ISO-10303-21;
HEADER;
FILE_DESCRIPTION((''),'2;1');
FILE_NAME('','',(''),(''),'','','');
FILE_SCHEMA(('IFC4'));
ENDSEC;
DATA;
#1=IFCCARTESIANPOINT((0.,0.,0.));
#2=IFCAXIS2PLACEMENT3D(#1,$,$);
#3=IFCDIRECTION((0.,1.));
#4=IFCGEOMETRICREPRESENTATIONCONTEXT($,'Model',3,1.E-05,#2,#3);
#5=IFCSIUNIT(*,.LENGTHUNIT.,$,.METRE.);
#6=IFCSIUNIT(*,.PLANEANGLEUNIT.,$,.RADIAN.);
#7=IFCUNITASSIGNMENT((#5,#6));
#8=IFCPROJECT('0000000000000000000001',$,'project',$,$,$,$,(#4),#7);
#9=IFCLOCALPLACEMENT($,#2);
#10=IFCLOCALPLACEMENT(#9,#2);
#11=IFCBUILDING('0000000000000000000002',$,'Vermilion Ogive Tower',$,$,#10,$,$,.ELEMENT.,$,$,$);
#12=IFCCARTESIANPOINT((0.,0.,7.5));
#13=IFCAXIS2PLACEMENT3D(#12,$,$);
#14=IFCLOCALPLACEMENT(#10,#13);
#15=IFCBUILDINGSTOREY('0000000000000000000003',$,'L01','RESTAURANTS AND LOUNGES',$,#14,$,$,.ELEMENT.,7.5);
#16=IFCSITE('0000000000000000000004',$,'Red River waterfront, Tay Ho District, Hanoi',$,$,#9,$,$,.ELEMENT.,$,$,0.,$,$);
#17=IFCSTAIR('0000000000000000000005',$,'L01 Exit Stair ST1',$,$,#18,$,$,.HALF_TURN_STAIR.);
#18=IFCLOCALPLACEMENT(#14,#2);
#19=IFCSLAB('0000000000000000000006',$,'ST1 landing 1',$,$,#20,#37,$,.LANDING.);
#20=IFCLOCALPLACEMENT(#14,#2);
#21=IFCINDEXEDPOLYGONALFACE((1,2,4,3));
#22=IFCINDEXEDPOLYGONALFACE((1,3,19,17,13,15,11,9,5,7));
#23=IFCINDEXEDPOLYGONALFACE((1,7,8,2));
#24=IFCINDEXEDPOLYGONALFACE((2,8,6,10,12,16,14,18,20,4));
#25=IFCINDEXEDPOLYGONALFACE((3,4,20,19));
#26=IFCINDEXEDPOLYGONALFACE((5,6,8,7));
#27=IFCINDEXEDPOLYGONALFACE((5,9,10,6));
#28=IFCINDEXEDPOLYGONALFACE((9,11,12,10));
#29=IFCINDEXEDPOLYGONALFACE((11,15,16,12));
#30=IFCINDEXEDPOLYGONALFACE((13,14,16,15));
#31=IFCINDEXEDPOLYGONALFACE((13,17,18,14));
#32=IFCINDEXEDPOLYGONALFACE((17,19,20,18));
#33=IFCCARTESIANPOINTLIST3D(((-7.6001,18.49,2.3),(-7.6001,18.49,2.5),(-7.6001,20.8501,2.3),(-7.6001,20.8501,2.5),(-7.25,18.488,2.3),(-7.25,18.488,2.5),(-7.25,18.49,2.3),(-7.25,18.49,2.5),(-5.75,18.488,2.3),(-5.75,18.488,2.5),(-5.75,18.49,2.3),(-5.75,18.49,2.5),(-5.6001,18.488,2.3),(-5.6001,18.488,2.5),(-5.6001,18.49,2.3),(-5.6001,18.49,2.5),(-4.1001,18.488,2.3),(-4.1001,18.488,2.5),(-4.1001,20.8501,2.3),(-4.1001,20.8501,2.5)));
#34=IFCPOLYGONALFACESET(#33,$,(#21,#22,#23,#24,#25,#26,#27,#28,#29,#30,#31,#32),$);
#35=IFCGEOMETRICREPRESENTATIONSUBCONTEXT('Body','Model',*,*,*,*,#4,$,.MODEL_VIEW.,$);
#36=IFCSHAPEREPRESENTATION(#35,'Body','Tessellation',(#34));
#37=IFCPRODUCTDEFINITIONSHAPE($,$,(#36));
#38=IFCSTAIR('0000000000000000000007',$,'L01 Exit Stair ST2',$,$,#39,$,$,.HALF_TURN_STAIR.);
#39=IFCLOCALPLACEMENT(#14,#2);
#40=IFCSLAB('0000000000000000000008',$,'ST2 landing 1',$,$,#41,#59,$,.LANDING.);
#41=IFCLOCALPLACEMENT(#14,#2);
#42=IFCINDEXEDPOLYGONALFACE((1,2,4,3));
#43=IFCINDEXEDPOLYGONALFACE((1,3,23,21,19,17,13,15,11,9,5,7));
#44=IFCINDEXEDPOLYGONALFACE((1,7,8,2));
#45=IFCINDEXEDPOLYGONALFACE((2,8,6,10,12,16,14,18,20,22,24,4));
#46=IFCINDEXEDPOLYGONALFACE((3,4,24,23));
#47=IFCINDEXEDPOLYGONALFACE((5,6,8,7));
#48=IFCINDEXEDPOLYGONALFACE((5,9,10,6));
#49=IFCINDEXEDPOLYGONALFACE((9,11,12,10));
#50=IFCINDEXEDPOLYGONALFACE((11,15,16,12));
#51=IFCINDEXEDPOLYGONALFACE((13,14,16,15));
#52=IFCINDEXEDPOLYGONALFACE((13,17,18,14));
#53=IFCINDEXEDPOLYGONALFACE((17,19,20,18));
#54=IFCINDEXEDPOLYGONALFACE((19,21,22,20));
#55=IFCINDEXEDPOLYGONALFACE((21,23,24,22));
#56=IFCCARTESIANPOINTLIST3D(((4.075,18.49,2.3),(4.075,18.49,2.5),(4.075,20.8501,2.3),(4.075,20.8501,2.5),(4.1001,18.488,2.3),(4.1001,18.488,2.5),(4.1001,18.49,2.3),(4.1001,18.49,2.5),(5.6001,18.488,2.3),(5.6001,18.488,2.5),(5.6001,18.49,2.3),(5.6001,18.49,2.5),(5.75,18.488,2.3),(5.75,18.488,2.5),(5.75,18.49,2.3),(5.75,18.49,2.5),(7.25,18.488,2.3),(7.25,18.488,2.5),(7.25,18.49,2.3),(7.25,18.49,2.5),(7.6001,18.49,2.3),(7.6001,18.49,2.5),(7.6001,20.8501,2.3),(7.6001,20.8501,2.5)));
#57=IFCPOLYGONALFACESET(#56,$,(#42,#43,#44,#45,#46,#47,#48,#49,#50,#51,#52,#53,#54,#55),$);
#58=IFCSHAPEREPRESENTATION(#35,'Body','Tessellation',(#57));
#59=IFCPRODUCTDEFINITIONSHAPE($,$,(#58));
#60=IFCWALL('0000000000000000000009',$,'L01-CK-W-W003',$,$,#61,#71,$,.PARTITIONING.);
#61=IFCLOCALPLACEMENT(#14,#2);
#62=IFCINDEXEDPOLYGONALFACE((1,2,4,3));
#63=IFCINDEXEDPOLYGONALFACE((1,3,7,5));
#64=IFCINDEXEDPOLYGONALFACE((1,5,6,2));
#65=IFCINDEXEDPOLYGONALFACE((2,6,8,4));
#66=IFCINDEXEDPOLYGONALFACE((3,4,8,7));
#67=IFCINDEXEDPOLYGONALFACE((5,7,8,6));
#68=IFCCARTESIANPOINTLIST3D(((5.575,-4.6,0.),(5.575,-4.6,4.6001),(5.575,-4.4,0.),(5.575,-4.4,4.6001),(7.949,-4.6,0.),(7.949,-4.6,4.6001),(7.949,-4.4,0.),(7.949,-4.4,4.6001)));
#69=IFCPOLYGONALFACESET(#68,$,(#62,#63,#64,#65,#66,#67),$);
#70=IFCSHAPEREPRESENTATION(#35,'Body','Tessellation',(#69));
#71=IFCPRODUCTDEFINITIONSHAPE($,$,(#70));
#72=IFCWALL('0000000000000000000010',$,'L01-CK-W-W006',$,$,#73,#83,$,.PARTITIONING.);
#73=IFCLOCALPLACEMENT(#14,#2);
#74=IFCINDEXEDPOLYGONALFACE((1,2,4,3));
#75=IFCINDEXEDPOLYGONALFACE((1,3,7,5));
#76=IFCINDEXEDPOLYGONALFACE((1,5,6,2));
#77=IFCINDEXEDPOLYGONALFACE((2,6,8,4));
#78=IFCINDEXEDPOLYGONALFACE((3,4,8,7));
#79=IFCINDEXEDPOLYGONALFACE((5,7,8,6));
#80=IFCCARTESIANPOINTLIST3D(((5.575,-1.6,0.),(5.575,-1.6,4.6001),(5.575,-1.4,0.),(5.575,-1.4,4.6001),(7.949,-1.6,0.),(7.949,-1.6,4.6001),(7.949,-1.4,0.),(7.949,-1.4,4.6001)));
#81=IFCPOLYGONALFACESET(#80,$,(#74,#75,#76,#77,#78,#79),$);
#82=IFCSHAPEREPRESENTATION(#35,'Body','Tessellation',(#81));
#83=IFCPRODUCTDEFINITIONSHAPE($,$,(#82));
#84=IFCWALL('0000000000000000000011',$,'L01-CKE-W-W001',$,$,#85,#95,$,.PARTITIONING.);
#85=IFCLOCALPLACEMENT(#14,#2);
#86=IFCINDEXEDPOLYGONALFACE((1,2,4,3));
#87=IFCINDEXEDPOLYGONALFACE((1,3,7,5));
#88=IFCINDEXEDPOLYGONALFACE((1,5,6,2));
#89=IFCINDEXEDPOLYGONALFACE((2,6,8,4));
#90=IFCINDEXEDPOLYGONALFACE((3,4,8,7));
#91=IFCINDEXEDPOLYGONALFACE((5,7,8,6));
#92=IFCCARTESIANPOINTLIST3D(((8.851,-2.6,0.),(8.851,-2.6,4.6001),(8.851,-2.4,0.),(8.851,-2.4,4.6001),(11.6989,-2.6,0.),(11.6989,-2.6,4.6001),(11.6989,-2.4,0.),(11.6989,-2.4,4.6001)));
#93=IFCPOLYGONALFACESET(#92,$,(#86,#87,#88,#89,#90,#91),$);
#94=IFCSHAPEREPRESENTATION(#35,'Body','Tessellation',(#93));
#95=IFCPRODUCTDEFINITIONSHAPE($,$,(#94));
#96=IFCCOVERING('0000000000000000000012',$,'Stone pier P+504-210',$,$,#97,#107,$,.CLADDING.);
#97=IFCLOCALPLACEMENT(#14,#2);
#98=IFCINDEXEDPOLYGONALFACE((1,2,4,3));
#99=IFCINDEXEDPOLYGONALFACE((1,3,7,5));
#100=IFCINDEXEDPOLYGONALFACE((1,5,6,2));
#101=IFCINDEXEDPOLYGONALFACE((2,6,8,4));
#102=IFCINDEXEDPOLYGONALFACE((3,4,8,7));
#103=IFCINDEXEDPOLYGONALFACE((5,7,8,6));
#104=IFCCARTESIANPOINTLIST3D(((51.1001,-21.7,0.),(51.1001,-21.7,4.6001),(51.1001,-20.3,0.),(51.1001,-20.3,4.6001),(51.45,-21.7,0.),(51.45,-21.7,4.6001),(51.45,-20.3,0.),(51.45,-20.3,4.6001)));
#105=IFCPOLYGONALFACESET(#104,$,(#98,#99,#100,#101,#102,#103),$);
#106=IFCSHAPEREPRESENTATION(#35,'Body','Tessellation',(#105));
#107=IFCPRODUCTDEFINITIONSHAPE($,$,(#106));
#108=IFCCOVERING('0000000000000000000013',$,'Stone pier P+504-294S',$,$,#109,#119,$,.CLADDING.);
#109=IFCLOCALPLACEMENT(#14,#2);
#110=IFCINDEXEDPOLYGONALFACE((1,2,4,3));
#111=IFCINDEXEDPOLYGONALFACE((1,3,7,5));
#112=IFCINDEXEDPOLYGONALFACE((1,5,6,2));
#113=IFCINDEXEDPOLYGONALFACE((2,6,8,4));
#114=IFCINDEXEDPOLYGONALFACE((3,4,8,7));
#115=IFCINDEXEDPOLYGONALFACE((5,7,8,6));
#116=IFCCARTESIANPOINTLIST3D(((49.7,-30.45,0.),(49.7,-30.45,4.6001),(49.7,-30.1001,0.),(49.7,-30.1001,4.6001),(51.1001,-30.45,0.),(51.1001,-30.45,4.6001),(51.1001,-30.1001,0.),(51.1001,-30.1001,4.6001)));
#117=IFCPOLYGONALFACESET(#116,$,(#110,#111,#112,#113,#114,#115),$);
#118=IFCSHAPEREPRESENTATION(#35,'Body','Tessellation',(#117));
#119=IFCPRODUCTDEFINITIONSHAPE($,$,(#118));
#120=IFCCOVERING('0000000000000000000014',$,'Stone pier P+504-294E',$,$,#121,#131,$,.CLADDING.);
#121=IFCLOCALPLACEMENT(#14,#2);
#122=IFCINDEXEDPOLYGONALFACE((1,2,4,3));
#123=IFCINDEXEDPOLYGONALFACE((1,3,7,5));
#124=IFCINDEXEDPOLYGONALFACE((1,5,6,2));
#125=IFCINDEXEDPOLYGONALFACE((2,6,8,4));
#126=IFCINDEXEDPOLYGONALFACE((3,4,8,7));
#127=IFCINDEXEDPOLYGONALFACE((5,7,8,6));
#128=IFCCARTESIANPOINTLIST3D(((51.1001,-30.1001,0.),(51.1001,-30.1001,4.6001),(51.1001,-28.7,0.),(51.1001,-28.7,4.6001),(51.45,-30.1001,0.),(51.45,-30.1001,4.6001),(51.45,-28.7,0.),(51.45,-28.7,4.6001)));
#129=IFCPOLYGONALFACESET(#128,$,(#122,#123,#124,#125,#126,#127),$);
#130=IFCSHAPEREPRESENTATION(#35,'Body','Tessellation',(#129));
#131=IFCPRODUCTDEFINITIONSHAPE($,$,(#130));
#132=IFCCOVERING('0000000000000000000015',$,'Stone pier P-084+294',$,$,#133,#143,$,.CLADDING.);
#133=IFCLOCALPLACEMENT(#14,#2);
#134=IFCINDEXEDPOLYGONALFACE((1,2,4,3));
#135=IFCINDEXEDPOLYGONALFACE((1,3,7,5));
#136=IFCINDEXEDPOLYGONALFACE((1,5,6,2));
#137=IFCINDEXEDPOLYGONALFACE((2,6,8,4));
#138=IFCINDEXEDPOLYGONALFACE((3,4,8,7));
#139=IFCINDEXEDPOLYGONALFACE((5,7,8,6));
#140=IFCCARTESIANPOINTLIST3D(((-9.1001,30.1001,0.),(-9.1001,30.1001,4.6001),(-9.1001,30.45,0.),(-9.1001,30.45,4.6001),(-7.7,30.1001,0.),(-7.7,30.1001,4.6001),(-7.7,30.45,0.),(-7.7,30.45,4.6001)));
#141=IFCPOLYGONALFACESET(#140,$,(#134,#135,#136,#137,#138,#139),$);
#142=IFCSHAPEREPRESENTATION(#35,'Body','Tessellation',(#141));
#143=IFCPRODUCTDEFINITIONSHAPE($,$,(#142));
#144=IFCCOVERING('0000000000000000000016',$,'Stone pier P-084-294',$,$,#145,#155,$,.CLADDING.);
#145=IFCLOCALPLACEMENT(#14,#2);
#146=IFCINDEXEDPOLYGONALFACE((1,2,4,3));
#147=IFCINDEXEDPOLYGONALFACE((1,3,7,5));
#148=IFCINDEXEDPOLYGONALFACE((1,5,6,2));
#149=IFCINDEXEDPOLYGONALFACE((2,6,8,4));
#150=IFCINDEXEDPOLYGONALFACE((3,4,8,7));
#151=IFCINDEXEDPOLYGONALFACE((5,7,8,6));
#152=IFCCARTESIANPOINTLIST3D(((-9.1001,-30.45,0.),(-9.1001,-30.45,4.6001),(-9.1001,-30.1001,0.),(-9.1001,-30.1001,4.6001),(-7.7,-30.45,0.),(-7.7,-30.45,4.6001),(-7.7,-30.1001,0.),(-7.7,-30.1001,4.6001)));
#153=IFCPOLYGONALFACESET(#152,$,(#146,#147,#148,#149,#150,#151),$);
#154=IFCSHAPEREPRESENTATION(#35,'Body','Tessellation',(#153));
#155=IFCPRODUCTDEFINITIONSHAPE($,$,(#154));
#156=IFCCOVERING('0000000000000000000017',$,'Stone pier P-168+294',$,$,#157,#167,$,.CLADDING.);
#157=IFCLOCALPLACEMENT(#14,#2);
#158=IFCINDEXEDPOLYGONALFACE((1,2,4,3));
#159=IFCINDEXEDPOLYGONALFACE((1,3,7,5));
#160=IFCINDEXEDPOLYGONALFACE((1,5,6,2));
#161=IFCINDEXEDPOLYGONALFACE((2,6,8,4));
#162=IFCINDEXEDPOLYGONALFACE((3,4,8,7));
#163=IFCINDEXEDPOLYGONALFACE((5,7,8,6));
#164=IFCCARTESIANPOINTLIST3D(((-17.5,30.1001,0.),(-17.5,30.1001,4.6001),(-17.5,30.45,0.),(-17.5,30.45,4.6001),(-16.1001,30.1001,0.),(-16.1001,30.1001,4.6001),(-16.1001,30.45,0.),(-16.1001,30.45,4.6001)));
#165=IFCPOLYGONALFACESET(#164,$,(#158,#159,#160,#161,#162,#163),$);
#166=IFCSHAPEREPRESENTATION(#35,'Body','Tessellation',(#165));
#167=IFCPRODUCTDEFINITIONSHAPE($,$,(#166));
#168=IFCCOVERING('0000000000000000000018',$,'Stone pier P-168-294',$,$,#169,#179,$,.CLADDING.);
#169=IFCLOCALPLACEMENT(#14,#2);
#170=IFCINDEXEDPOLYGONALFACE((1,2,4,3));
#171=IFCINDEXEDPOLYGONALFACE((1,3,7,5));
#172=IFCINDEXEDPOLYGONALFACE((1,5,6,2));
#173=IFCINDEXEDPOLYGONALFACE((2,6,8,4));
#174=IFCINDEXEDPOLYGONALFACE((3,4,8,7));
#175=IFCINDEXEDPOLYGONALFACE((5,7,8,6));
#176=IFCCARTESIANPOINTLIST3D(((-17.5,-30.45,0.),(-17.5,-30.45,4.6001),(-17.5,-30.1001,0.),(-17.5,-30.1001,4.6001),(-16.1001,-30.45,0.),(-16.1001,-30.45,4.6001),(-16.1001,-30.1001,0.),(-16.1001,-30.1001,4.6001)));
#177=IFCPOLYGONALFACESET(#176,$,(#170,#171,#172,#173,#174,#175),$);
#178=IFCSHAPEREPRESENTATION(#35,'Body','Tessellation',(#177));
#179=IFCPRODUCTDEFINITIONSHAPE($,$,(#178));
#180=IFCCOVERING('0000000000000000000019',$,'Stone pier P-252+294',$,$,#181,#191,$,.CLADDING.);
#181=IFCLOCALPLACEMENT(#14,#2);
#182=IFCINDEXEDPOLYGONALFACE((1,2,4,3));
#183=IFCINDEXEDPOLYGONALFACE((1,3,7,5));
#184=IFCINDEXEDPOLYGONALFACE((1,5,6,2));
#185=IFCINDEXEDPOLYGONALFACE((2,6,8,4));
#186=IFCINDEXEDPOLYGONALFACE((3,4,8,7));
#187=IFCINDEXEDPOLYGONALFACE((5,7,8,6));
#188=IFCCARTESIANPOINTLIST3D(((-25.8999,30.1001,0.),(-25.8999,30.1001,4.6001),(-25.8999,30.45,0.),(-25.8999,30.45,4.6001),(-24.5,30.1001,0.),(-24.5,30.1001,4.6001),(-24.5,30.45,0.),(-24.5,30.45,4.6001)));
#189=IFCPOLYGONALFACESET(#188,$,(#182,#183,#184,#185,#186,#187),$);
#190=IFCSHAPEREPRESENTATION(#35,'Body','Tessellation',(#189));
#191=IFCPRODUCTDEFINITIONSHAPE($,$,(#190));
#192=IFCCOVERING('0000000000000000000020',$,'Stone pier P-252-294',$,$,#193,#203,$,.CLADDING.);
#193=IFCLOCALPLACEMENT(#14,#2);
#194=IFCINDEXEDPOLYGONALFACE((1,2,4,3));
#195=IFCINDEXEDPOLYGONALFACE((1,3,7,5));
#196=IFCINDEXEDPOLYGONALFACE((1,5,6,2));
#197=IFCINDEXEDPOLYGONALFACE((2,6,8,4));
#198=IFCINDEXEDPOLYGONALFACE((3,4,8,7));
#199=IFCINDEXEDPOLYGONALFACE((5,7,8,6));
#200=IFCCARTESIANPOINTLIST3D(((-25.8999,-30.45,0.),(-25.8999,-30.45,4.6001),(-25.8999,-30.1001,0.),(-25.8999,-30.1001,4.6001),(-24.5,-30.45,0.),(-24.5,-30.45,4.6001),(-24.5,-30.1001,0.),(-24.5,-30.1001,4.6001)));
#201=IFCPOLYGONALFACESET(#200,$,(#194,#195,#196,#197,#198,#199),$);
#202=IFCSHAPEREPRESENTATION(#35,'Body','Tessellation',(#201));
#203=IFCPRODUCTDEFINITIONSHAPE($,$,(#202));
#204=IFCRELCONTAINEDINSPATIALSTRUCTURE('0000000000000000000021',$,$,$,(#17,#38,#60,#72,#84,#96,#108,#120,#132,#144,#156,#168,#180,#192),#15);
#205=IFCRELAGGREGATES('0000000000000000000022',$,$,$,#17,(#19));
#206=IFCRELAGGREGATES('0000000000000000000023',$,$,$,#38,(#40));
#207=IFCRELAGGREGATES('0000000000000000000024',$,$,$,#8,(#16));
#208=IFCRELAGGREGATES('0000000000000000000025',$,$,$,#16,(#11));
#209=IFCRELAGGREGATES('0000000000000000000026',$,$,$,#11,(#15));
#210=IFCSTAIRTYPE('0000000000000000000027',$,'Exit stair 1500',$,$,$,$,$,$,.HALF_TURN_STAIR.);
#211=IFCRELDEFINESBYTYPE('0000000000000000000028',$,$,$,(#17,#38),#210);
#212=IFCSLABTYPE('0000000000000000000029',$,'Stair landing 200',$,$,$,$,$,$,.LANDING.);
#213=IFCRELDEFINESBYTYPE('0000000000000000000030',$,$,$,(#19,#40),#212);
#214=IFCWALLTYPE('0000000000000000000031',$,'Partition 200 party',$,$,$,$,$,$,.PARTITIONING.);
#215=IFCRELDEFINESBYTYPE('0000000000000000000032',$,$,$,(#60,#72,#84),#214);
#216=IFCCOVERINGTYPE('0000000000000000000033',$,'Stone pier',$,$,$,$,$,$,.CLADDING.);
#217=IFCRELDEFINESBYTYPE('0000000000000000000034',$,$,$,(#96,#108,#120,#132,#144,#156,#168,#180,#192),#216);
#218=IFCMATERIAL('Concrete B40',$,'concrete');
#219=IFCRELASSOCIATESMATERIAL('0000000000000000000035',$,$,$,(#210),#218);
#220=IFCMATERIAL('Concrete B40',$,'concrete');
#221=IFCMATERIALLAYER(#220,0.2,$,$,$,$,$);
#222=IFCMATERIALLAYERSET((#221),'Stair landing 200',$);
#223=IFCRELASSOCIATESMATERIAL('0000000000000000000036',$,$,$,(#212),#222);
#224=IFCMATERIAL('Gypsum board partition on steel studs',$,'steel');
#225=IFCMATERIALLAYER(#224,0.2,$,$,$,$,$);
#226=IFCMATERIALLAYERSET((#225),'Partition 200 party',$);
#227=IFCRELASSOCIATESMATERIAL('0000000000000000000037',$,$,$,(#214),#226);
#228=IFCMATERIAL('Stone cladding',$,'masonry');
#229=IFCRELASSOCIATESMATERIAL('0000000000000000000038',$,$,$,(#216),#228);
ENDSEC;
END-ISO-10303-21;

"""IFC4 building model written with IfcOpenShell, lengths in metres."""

from ifc_helpers import new_model, si_unit, direction, frame, frame_2d, origin, place, context, subcontext, project, spatial, polyline, rectangle, outline, extrude, material, layer, layer_set, type_object, element, aggregate, save


model = new_model("IFC4")

# Units and contexts
model_context = context("Model", 3, precision=1e-05, world=origin(), true_north=direction((0.0, 1.0)))
body_context = subcontext(model_context, "Body", "Model", "MODEL_VIEW")
ifc_project = project(units=[si_unit("LENGTHUNIT", "METRE"), si_unit("PLANEANGLEUNIT", "RADIAN")], contexts=[model_context])

# Site, building, storey
site_placement = place(None, origin())
site = spatial("IfcSite", under=ifc_project, at=site_placement, Name="Red River waterfront, Tay Ho District, Hanoi", CompositionType="ELEMENT", RefElevation=0.0)
building_placement = place(site_placement, origin())
building = spatial("IfcBuilding", under=site, at=building_placement, Name="Vermilion Ogive Tower", CompositionType="ELEMENT")
storey_placement = place(building_placement, frame((0.0, 0.0, 7.5)))
storey = spatial("IfcBuildingStorey", under=building, at=storey_placement, Name="L01", Description="RESTAURANTS AND LOUNGES", CompositionType="ELEMENT", Elevation=7.5)

# Stairs, slabs
ifc_material_1 = material(Name="Concrete B40", Category="concrete")
stair_type = type_object("IfcStairType", Name="Exit stair 1500", PredefinedType="HALF_TURN_STAIR", material=ifc_material_1)
stair_1_placement = place(storey_placement, origin())
stair_1 = element("IfcStair", 1, at=stair_1_placement, inside=storey, type_object=stair_type, Name="L01 Exit Stair ST1", PredefinedType="HALF_TURN_STAIR")
ifc_material_2 = material(Name="Concrete B40", Category="concrete")
ifc_layer_1 = layer(ifc_material_2, 0.2)
ifc_layer_set_1 = layer_set([ifc_layer_1], Name="Stair landing 200")
slab_type = type_object("IfcSlabType", Name="Stair landing 200", PredefinedType="LANDING", material=ifc_layer_set_1)
slab_1_placement = place(storey_placement, frame((0.0, 0.0, 2.3)))
slab_1 = element("IfcSlab", 2, at=slab_1_placement, type_object=slab_type, Name="ST1 landing 1", PredefinedType="LANDING", context=body_context, shape_type="SweptSolid", body=[
    extrude(outline(polyline([(-7.6001, 18.49), (-7.25, 18.49), (-7.25, 18.488), (-5.75, 18.488), (-5.75, 18.49), (-5.6001, 18.49), (-5.6001, 18.488), (-4.1001, 18.488), (-4.1001, 20.8501), (-7.6001, 20.8501), (-7.6001, 18.49)])), origin(), (0.0, 0.0, 1.0), 0.2),
])
aggregate(stair_1, [slab_1])
stair_2_placement = place(storey_placement, origin())
stair_2 = element("IfcStair", 3, at=stair_2_placement, inside=storey, type_object=stair_type, Name="L01 Exit Stair ST2", PredefinedType="HALF_TURN_STAIR")
slab_2_placement = place(storey_placement, frame((0.0, 0.0, 2.3)))
slab_2 = element("IfcSlab", 4, at=slab_2_placement, type_object=slab_type, Name="ST2 landing 1", PredefinedType="LANDING", context=body_context, shape_type="SweptSolid", body=[
    extrude(outline(polyline([(5.6001, 18.49), (5.75, 18.49), (5.75, 18.488), (7.25, 18.488), (7.25, 18.49), (7.6001, 18.49), (7.6001, 20.8501), (4.075, 20.8501), (4.075, 18.49), (4.1001, 18.49), (4.1001, 18.488), (5.6001, 18.488), (5.6001, 18.49)])), origin(), (0.0, 0.0, 1.0), 0.2),
])
aggregate(stair_2, [slab_2])

# Walls
ifc_material_3 = material(Name="Gypsum board partition on steel studs", Category="steel")
ifc_layer_2 = layer(ifc_material_3, 0.2)
ifc_layer_set_2 = layer_set([ifc_layer_2], Name="Partition 200 party")
wall_type = type_object("IfcWallType", Name="Partition 200 party", PredefinedType="PARTITIONING", material=ifc_layer_set_2)
for number, where, z_axis, x_axis, name in (
    (5, (5.575, -4.5, 0.0), (0.0, 0.0, 1.0), (1.0, 0.0, 0.0), "L01-CK-W-W003"),
    (6, (5.575, -1.5, 0.0), (0.0, 0.0, 1.0), (1.0, 0.0, 0.0), "L01-CK-W-W006"),
):
    element("IfcWall", number, at=place(storey_placement, frame(where, z_axis=z_axis, x_axis=x_axis)), inside=storey, type_object=wall_type, Name=name, PredefinedType="PARTITIONING", context=body_context, shape_type="SweptSolid", body=[
        extrude(rectangle(XDim=2.374, YDim=0.2, at=frame_2d((1.187, 0.0))), origin(), (0.0, 0.0, 1.0), 4.6001),
    ])
wall_placement = place(storey_placement, frame((8.8511, -2.5, 0.0), z_axis=(0.0, 0.0, 1.0), x_axis=(1.0, 0.0, 0.0)))
element("IfcWall", 7, at=wall_placement, inside=storey, type_object=wall_type, Name="L01-CKE-W-W001", PredefinedType="PARTITIONING", context=body_context, shape_type="SweptSolid", body=[
    extrude(rectangle(XDim=2.8479, YDim=0.2, at=frame_2d((1.4238, 0.0))), origin(), (0.0, 0.0, 1.0), 4.6001),
])

# Coverings
ifc_material_4 = material(Name="Stone cladding", Category="masonry")
covering_type = type_object("IfcCoveringType", Name="Stone pier", PredefinedType="CLADDING", material=ifc_material_4)
covering_1_placement = place(storey_placement, origin())
element("IfcCovering", 8, at=covering_1_placement, inside=storey, type_object=covering_type, Name="Stone pier P+504-210", PredefinedType="CLADDING", context=body_context, shape_type="SweptSolid", body=[
    extrude(outline(polyline([(51.45, -20.3), (51.45, -21.7), (51.1001, -21.7), (51.1001, -20.3), (51.45, -20.3)])), origin(), (0.0, 0.0, 1.0), 4.6001),
])
covering_2_placement = place(storey_placement, origin())
element("IfcCovering", 9, at=covering_2_placement, inside=storey, type_object=covering_type, Name="Stone pier P+504-294S", PredefinedType="CLADDING", context=body_context, shape_type="SweptSolid", body=[
    extrude(outline(polyline([(51.1001, -30.45), (49.7, -30.45), (49.7, -30.1001), (51.1001, -30.1001), (51.1001, -30.45)])), origin(), (0.0, 0.0, 1.0), 4.6001),
])
covering_3_placement = place(storey_placement, origin())
element("IfcCovering", 10, at=covering_3_placement, inside=storey, type_object=covering_type, Name="Stone pier P+504-294E", PredefinedType="CLADDING", context=body_context, shape_type="SweptSolid", body=[
    extrude(outline(polyline([(51.45, -30.1001), (51.1001, -30.1001), (51.1001, -28.7), (51.45, -28.7), (51.45, -30.1001)])), origin(), (0.0, 0.0, 1.0), 4.6001),
])
covering_4_placement = place(storey_placement, origin())
element("IfcCovering", 11, at=covering_4_placement, inside=storey, type_object=covering_type, Name="Stone pier P-084+294", PredefinedType="CLADDING", context=body_context, shape_type="SweptSolid", body=[
    extrude(outline(polyline([(-9.1001, 30.1001), (-9.1001, 30.1001), (-9.1001, 30.45), (-7.7, 30.45), (-7.7, 30.1001), (-7.7, 30.1001), (-9.1001, 30.1001)])), origin(), (0.0, 0.0, 1.0), 4.6001),
])
covering_5_placement = place(storey_placement, origin())
element("IfcCovering", 12, at=covering_5_placement, inside=storey, type_object=covering_type, Name="Stone pier P-084-294", PredefinedType="CLADDING", context=body_context, shape_type="SweptSolid", body=[
    extrude(outline(polyline([(-7.7, -30.1001), (-7.7, -30.45), (-9.1001, -30.45), (-9.1001, -30.1001), (-7.7, -30.1001), (-7.7, -30.1001)])), origin(), (0.0, 0.0, 1.0), 4.6001),
])
covering_6_placement = place(storey_placement, origin())
element("IfcCovering", 13, at=covering_6_placement, inside=storey, type_object=covering_type, Name="Stone pier P-168+294", PredefinedType="CLADDING", context=body_context, shape_type="SweptSolid", body=[
    extrude(outline(polyline([(-17.5, 30.1001), (-17.5, 30.45), (-16.1001, 30.45), (-16.1001, 30.1001), (-17.5, 30.1001), (-17.5, 30.1001)])), origin(), (0.0, 0.0, 1.0), 4.6001),
])
covering_7_placement = place(storey_placement, origin())
element("IfcCovering", 14, at=covering_7_placement, inside=storey, type_object=covering_type, Name="Stone pier P-168-294", PredefinedType="CLADDING", context=body_context, shape_type="SweptSolid", body=[
    extrude(outline(polyline([(-16.1001, -30.45), (-17.5, -30.45), (-17.5, -30.1001), (-16.1001, -30.1001), (-16.1001, -30.45)])), origin(), (0.0, 0.0, 1.0), 4.6001),
])
covering_8_placement = place(storey_placement, origin())
element("IfcCovering", 15, at=covering_8_placement, inside=storey, type_object=covering_type, Name="Stone pier P-252+294", PredefinedType="CLADDING", context=body_context, shape_type="SweptSolid", body=[
    extrude(outline(polyline([(-25.8999, 30.1001), (-25.8999, 30.45), (-24.5, 30.45), (-24.5, 30.1001), (-24.5, 30.1001), (-25.8999, 30.1001)])), origin(), (0.0, 0.0, 1.0), 4.6001),
])
covering_9_placement = place(storey_placement, origin())
element("IfcCovering", 16, at=covering_9_placement, inside=storey, type_object=covering_type, Name="Stone pier P-252-294", PredefinedType="CLADDING", context=body_context, shape_type="SweptSolid", body=[
    extrude(outline(polyline([(-24.5, -30.45), (-25.8999, -30.45), (-25.8999, -30.1001), (-24.5, -30.1001), (-24.5, -30.45)])), origin(), (0.0, 0.0, 1.0), 4.6001),
])

save(model, "model.ifc")
